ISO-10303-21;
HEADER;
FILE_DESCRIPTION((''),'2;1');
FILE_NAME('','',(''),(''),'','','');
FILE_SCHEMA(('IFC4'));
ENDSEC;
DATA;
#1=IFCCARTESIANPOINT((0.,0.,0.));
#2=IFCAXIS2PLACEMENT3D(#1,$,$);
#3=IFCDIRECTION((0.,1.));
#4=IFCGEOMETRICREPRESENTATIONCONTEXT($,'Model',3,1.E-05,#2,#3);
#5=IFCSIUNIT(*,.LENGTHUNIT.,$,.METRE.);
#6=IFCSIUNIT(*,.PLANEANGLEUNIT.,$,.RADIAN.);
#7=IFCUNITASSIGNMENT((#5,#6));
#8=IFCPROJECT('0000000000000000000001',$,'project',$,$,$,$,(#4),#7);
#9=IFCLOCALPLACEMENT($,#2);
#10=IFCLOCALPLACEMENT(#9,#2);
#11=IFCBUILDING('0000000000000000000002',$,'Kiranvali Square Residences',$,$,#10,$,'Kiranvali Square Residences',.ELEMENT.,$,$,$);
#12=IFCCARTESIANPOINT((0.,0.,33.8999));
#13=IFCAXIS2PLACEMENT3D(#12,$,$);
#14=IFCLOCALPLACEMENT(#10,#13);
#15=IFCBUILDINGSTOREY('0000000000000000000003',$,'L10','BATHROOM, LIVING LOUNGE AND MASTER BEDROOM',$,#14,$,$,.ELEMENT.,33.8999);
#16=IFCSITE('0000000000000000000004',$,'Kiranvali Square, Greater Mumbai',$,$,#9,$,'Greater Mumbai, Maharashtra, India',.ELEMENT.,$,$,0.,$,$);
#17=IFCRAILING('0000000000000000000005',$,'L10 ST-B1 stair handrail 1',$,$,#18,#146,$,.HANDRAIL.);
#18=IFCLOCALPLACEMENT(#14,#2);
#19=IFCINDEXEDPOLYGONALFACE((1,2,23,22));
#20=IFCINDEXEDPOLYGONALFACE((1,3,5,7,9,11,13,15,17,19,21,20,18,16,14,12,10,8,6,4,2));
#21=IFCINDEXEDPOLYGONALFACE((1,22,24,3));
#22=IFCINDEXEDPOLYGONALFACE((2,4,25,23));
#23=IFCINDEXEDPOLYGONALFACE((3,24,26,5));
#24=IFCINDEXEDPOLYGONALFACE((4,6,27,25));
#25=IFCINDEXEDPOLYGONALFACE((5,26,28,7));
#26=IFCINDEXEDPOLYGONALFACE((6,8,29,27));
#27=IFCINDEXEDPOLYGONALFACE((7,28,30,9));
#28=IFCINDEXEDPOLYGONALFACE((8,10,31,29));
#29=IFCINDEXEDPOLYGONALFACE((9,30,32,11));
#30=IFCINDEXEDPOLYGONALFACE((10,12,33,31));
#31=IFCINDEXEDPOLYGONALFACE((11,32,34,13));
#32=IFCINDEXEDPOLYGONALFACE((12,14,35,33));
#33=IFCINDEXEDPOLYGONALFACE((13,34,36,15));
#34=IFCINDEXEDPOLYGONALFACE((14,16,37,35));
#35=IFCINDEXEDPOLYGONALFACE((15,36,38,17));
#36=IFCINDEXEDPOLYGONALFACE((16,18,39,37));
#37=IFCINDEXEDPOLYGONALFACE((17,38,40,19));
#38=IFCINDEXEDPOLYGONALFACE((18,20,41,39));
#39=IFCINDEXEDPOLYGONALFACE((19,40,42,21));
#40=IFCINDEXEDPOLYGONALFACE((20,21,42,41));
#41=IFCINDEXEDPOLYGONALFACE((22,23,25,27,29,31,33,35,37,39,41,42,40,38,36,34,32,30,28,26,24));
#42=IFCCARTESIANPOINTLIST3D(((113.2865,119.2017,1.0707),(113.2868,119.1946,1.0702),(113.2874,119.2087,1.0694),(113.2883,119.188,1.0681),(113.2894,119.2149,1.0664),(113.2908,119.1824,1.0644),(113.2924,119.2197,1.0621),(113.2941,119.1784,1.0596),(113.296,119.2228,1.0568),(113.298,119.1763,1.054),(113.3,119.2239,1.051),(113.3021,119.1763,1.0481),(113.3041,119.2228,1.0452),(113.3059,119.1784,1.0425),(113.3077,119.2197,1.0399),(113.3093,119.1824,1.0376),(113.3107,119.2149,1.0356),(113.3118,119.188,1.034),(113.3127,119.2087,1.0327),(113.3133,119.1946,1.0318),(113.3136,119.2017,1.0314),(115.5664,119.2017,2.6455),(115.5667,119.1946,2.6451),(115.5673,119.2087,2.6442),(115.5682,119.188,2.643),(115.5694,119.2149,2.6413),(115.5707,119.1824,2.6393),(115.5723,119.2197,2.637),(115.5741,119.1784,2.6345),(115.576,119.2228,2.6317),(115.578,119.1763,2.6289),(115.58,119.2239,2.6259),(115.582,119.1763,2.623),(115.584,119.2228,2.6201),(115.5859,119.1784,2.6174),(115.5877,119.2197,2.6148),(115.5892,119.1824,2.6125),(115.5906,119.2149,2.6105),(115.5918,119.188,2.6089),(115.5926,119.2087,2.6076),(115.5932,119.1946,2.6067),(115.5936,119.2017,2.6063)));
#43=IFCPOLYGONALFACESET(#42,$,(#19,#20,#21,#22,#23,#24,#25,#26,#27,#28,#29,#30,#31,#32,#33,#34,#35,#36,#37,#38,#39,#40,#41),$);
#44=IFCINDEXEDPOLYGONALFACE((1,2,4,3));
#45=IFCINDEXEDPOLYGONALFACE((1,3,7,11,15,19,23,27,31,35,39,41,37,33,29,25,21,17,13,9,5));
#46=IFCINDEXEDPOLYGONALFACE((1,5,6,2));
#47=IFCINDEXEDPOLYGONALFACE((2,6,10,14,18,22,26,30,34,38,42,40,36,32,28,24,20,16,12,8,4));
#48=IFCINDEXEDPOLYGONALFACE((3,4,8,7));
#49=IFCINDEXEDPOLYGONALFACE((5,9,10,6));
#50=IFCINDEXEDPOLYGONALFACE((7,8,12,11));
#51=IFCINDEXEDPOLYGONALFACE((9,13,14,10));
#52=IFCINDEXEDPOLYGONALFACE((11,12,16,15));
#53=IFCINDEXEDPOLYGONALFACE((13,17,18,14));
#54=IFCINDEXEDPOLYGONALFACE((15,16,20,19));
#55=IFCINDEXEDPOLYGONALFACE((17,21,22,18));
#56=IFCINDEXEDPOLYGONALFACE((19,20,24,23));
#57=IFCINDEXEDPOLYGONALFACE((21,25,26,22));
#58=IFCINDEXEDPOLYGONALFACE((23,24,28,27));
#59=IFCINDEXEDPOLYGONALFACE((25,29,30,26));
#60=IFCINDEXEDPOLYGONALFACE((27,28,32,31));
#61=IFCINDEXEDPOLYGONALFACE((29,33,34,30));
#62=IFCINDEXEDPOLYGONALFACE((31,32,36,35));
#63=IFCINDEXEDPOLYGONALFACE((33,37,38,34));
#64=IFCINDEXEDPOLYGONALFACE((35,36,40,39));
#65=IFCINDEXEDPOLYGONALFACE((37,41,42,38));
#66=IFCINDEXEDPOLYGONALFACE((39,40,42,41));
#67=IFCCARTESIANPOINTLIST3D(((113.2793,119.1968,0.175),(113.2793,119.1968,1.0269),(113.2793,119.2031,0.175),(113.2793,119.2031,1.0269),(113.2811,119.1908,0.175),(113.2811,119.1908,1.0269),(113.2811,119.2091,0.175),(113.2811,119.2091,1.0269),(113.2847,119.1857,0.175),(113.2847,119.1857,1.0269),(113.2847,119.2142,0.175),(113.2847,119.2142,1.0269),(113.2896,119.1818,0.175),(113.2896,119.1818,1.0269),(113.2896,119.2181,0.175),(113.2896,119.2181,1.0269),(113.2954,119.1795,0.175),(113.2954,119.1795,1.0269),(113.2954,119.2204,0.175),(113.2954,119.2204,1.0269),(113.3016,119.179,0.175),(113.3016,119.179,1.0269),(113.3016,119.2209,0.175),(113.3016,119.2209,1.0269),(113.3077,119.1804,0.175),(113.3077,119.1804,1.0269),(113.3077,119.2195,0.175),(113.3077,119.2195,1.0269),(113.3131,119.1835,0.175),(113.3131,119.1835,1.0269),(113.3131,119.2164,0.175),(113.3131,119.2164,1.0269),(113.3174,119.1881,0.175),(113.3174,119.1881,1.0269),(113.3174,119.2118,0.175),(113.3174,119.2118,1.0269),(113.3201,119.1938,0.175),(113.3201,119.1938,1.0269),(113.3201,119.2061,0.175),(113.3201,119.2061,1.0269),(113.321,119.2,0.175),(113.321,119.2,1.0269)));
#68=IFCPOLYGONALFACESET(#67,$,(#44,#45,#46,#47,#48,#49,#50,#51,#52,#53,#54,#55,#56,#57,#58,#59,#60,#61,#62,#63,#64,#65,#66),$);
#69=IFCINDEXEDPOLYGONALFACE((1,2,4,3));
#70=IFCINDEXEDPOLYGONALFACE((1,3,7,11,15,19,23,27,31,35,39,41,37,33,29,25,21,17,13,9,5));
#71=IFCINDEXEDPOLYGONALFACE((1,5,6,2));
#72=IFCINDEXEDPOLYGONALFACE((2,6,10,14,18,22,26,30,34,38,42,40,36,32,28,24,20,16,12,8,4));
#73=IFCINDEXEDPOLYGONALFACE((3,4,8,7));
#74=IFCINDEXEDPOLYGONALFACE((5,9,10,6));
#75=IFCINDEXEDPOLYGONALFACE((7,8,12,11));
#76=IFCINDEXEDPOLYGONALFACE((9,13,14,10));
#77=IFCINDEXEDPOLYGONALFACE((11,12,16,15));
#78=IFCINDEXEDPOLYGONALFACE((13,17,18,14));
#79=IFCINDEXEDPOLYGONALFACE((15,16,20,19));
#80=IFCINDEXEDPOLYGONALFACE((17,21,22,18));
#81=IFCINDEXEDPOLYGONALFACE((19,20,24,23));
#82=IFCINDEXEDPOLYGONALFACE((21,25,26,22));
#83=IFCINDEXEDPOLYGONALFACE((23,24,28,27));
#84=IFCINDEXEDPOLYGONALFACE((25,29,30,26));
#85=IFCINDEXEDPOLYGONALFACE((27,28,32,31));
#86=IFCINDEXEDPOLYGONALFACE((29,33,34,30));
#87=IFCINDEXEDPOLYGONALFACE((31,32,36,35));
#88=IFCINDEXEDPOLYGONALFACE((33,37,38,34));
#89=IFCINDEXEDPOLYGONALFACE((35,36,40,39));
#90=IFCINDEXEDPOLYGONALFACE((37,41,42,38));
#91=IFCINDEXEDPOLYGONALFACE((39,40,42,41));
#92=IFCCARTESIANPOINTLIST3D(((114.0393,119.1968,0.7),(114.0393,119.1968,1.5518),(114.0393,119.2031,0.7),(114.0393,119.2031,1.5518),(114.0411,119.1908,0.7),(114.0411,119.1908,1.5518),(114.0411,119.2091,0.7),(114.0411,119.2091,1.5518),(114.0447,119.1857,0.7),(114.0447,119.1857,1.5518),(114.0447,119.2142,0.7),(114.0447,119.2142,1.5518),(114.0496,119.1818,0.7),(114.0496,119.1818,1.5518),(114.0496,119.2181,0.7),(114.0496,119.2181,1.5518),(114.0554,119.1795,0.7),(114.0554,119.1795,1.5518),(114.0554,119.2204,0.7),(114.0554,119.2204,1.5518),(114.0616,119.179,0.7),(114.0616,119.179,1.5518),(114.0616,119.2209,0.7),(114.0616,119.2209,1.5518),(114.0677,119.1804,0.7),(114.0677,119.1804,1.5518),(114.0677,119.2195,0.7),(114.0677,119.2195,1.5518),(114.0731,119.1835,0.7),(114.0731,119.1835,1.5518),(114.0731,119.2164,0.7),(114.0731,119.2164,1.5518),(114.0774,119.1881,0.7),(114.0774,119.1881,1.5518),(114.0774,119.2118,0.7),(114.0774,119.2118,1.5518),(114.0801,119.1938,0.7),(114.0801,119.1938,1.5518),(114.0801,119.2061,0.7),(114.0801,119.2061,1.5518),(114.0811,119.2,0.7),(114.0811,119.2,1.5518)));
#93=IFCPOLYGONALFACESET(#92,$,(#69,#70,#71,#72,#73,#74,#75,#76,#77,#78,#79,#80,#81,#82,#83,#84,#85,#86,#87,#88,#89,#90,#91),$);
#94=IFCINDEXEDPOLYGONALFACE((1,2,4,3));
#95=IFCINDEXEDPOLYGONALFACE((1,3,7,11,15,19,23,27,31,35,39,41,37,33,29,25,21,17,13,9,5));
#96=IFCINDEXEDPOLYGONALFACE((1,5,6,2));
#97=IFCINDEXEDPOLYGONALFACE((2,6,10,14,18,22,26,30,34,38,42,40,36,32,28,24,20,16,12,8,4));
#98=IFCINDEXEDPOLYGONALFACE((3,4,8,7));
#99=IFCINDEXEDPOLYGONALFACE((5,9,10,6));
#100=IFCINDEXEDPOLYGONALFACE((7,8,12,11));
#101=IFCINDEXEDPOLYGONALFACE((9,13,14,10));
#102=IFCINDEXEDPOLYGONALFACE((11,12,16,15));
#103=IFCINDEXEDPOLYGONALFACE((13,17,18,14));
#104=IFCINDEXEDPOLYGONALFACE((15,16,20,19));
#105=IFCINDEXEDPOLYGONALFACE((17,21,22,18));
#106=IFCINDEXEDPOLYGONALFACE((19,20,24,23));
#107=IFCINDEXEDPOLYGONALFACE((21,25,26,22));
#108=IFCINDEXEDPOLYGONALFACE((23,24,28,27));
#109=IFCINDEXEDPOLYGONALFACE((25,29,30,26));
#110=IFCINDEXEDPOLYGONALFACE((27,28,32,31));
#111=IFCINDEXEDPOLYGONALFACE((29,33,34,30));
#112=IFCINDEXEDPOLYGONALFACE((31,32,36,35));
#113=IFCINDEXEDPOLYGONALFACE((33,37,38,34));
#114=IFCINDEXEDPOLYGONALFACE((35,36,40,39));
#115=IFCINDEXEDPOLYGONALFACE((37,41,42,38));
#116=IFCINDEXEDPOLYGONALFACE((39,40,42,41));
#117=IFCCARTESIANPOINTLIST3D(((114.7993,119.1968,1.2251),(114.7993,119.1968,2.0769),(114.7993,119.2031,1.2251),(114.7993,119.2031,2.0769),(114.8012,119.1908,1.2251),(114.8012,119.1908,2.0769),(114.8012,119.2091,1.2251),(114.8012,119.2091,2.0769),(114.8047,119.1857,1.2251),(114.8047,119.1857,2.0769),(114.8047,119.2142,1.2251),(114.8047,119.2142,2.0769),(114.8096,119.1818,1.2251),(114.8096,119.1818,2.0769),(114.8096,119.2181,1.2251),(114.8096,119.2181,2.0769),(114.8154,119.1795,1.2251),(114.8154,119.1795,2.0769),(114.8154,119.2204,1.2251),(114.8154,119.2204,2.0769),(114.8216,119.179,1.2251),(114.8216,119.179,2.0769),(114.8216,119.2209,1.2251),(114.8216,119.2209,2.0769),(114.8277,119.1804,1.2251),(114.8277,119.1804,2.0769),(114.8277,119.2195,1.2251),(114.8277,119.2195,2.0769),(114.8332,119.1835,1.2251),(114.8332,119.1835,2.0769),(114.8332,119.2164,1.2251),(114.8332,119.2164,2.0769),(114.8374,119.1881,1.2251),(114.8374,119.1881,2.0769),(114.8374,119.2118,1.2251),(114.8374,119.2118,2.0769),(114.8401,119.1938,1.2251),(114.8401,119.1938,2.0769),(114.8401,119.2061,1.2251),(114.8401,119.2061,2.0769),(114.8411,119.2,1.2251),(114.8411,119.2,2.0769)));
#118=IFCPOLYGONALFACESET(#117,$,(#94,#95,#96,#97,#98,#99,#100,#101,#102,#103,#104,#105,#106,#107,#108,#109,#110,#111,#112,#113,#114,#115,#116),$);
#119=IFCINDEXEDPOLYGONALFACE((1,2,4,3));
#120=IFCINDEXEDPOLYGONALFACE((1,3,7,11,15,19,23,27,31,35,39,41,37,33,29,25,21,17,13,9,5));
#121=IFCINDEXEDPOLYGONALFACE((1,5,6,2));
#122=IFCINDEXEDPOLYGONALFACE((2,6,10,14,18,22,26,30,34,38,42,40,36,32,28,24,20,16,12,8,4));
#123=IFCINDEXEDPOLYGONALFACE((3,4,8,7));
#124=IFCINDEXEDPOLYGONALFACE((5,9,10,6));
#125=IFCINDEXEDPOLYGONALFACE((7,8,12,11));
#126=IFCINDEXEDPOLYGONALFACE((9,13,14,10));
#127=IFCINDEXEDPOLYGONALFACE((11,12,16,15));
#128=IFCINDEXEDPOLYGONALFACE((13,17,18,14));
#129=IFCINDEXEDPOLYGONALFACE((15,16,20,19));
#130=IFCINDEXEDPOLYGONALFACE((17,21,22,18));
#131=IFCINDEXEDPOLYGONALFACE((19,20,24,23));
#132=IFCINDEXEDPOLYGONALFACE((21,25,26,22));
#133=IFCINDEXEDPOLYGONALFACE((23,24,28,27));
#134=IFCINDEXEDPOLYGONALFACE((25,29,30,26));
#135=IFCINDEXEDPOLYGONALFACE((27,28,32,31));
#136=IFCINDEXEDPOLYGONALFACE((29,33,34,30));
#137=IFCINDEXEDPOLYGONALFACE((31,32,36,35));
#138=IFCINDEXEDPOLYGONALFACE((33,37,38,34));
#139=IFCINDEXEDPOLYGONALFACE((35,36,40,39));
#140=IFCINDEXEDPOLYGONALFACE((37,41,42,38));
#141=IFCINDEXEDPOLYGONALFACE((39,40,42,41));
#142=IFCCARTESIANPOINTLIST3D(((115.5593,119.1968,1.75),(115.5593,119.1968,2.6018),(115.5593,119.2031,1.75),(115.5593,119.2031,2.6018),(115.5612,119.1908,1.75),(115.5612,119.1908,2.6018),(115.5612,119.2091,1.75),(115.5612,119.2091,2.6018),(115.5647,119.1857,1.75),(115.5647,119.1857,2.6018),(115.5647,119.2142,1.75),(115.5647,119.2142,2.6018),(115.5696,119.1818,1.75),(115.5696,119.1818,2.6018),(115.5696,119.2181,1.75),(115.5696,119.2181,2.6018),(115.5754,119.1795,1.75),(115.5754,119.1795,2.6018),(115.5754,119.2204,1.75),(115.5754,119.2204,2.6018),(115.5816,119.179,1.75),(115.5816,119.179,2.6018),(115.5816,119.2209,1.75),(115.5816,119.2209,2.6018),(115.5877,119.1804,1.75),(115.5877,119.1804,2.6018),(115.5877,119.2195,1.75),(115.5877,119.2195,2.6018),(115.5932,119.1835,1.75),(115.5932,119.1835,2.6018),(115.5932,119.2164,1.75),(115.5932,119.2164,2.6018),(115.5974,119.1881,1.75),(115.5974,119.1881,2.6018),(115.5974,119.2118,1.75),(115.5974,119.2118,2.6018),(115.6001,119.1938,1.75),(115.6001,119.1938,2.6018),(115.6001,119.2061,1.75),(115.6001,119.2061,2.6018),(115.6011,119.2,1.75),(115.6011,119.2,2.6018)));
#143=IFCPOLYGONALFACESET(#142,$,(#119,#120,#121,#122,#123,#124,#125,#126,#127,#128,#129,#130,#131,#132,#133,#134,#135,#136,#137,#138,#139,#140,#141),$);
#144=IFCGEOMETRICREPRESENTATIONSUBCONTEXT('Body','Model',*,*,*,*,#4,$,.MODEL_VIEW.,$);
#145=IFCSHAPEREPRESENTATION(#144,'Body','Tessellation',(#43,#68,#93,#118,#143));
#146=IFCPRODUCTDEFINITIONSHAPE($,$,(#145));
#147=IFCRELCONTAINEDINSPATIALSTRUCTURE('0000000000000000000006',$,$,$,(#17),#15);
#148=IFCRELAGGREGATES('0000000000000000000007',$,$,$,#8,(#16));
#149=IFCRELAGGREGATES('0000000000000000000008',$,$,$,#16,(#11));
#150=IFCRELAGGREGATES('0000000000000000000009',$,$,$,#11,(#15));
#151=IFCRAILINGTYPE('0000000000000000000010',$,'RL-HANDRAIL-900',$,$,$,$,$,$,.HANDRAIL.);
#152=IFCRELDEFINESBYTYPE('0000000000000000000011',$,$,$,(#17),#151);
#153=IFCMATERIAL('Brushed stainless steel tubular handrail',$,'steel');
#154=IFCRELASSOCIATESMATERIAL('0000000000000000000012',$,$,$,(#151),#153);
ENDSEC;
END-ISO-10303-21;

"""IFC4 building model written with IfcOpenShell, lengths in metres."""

from ifc_helpers import new_model, si_unit, direction, frame, origin, origin_2d, place, context, subcontext, project, spatial, circle, extrude, material, type_object, element, save


model = new_model("IFC4")

# Units and contexts
model_context = context("Model", 3, precision=1e-05, world=origin(), true_north=direction((0.0, 1.0)))
body_context = subcontext(model_context, "Body", "Model", "MODEL_VIEW")
ifc_project = project(units=[si_unit("LENGTHUNIT", "METRE"), si_unit("PLANEANGLEUNIT", "RADIAN")], contexts=[model_context])

# Site, building, storey
site_placement = place(None, origin())
site = spatial("IfcSite", under=ifc_project, at=site_placement, Name="Kiranvali Square, Greater Mumbai", LongName="Greater Mumbai, Maharashtra, India", CompositionType="ELEMENT", RefElevation=0.0)
building_placement = place(site_placement, origin())
building = spatial("IfcBuilding", under=site, at=building_placement, Name="Kiranvali Square Residences", LongName="Kiranvali Square Residences", CompositionType="ELEMENT")
storey_placement = place(building_placement, frame((0.0, 0.0, 33.8999)))
storey = spatial("IfcBuildingStorey", under=building, at=storey_placement, Name="L10", Description="BATHROOM, LIVING LOUNGE AND MASTER BEDROOM", CompositionType="ELEMENT", Elevation=33.8999)

# Railing
ifc_material_1 = material(Name="Brushed stainless steel tubular handrail", Category="steel")
railing_type_1 = type_object("IfcRailingType", Name="RL-HANDRAIL-900", PredefinedType="HANDRAIL", material=ifc_material_1)
railing_1_placement = place(storey_placement, frame((113.3, 119.2, 0.175)))
element("IfcRailing", 1, at=railing_1_placement, inside=storey, type_object=railing_type_1, Name="L10 ST-B1 stair handrail 1", PredefinedType="HANDRAIL", context=body_context, shape_type="SweptSolid", body=[
    extrude(circle(Radius=0.0239, at=origin_2d()), frame((0.0, 0.0, 0.876), z_axis=(0.822788, 0.0, 0.568348), x_axis=(0.0, 1.0, 0.0)), (0.0, 0.0, 1.0), 2.771),
    extrude(circle(Radius=0.021, at=origin_2d()), origin(), (0.0, 0.0, 1.0), 0.8518),
    extrude(circle(Radius=0.021, at=origin_2d()), frame((0.76, 0.0, 0.5249)), (0.0, 0.0, 1.0), 0.8518),
    extrude(circle(Radius=0.021, at=origin_2d()), frame((1.52, 0.0, 1.05)), (0.0, 0.0, 1.0), 0.8518),
    extrude(circle(Radius=0.021, at=origin_2d()), frame((2.28, 0.0, 1.575)), (0.0, 0.0, 1.0), 0.8518),
])

save(model, "model.ifc")
